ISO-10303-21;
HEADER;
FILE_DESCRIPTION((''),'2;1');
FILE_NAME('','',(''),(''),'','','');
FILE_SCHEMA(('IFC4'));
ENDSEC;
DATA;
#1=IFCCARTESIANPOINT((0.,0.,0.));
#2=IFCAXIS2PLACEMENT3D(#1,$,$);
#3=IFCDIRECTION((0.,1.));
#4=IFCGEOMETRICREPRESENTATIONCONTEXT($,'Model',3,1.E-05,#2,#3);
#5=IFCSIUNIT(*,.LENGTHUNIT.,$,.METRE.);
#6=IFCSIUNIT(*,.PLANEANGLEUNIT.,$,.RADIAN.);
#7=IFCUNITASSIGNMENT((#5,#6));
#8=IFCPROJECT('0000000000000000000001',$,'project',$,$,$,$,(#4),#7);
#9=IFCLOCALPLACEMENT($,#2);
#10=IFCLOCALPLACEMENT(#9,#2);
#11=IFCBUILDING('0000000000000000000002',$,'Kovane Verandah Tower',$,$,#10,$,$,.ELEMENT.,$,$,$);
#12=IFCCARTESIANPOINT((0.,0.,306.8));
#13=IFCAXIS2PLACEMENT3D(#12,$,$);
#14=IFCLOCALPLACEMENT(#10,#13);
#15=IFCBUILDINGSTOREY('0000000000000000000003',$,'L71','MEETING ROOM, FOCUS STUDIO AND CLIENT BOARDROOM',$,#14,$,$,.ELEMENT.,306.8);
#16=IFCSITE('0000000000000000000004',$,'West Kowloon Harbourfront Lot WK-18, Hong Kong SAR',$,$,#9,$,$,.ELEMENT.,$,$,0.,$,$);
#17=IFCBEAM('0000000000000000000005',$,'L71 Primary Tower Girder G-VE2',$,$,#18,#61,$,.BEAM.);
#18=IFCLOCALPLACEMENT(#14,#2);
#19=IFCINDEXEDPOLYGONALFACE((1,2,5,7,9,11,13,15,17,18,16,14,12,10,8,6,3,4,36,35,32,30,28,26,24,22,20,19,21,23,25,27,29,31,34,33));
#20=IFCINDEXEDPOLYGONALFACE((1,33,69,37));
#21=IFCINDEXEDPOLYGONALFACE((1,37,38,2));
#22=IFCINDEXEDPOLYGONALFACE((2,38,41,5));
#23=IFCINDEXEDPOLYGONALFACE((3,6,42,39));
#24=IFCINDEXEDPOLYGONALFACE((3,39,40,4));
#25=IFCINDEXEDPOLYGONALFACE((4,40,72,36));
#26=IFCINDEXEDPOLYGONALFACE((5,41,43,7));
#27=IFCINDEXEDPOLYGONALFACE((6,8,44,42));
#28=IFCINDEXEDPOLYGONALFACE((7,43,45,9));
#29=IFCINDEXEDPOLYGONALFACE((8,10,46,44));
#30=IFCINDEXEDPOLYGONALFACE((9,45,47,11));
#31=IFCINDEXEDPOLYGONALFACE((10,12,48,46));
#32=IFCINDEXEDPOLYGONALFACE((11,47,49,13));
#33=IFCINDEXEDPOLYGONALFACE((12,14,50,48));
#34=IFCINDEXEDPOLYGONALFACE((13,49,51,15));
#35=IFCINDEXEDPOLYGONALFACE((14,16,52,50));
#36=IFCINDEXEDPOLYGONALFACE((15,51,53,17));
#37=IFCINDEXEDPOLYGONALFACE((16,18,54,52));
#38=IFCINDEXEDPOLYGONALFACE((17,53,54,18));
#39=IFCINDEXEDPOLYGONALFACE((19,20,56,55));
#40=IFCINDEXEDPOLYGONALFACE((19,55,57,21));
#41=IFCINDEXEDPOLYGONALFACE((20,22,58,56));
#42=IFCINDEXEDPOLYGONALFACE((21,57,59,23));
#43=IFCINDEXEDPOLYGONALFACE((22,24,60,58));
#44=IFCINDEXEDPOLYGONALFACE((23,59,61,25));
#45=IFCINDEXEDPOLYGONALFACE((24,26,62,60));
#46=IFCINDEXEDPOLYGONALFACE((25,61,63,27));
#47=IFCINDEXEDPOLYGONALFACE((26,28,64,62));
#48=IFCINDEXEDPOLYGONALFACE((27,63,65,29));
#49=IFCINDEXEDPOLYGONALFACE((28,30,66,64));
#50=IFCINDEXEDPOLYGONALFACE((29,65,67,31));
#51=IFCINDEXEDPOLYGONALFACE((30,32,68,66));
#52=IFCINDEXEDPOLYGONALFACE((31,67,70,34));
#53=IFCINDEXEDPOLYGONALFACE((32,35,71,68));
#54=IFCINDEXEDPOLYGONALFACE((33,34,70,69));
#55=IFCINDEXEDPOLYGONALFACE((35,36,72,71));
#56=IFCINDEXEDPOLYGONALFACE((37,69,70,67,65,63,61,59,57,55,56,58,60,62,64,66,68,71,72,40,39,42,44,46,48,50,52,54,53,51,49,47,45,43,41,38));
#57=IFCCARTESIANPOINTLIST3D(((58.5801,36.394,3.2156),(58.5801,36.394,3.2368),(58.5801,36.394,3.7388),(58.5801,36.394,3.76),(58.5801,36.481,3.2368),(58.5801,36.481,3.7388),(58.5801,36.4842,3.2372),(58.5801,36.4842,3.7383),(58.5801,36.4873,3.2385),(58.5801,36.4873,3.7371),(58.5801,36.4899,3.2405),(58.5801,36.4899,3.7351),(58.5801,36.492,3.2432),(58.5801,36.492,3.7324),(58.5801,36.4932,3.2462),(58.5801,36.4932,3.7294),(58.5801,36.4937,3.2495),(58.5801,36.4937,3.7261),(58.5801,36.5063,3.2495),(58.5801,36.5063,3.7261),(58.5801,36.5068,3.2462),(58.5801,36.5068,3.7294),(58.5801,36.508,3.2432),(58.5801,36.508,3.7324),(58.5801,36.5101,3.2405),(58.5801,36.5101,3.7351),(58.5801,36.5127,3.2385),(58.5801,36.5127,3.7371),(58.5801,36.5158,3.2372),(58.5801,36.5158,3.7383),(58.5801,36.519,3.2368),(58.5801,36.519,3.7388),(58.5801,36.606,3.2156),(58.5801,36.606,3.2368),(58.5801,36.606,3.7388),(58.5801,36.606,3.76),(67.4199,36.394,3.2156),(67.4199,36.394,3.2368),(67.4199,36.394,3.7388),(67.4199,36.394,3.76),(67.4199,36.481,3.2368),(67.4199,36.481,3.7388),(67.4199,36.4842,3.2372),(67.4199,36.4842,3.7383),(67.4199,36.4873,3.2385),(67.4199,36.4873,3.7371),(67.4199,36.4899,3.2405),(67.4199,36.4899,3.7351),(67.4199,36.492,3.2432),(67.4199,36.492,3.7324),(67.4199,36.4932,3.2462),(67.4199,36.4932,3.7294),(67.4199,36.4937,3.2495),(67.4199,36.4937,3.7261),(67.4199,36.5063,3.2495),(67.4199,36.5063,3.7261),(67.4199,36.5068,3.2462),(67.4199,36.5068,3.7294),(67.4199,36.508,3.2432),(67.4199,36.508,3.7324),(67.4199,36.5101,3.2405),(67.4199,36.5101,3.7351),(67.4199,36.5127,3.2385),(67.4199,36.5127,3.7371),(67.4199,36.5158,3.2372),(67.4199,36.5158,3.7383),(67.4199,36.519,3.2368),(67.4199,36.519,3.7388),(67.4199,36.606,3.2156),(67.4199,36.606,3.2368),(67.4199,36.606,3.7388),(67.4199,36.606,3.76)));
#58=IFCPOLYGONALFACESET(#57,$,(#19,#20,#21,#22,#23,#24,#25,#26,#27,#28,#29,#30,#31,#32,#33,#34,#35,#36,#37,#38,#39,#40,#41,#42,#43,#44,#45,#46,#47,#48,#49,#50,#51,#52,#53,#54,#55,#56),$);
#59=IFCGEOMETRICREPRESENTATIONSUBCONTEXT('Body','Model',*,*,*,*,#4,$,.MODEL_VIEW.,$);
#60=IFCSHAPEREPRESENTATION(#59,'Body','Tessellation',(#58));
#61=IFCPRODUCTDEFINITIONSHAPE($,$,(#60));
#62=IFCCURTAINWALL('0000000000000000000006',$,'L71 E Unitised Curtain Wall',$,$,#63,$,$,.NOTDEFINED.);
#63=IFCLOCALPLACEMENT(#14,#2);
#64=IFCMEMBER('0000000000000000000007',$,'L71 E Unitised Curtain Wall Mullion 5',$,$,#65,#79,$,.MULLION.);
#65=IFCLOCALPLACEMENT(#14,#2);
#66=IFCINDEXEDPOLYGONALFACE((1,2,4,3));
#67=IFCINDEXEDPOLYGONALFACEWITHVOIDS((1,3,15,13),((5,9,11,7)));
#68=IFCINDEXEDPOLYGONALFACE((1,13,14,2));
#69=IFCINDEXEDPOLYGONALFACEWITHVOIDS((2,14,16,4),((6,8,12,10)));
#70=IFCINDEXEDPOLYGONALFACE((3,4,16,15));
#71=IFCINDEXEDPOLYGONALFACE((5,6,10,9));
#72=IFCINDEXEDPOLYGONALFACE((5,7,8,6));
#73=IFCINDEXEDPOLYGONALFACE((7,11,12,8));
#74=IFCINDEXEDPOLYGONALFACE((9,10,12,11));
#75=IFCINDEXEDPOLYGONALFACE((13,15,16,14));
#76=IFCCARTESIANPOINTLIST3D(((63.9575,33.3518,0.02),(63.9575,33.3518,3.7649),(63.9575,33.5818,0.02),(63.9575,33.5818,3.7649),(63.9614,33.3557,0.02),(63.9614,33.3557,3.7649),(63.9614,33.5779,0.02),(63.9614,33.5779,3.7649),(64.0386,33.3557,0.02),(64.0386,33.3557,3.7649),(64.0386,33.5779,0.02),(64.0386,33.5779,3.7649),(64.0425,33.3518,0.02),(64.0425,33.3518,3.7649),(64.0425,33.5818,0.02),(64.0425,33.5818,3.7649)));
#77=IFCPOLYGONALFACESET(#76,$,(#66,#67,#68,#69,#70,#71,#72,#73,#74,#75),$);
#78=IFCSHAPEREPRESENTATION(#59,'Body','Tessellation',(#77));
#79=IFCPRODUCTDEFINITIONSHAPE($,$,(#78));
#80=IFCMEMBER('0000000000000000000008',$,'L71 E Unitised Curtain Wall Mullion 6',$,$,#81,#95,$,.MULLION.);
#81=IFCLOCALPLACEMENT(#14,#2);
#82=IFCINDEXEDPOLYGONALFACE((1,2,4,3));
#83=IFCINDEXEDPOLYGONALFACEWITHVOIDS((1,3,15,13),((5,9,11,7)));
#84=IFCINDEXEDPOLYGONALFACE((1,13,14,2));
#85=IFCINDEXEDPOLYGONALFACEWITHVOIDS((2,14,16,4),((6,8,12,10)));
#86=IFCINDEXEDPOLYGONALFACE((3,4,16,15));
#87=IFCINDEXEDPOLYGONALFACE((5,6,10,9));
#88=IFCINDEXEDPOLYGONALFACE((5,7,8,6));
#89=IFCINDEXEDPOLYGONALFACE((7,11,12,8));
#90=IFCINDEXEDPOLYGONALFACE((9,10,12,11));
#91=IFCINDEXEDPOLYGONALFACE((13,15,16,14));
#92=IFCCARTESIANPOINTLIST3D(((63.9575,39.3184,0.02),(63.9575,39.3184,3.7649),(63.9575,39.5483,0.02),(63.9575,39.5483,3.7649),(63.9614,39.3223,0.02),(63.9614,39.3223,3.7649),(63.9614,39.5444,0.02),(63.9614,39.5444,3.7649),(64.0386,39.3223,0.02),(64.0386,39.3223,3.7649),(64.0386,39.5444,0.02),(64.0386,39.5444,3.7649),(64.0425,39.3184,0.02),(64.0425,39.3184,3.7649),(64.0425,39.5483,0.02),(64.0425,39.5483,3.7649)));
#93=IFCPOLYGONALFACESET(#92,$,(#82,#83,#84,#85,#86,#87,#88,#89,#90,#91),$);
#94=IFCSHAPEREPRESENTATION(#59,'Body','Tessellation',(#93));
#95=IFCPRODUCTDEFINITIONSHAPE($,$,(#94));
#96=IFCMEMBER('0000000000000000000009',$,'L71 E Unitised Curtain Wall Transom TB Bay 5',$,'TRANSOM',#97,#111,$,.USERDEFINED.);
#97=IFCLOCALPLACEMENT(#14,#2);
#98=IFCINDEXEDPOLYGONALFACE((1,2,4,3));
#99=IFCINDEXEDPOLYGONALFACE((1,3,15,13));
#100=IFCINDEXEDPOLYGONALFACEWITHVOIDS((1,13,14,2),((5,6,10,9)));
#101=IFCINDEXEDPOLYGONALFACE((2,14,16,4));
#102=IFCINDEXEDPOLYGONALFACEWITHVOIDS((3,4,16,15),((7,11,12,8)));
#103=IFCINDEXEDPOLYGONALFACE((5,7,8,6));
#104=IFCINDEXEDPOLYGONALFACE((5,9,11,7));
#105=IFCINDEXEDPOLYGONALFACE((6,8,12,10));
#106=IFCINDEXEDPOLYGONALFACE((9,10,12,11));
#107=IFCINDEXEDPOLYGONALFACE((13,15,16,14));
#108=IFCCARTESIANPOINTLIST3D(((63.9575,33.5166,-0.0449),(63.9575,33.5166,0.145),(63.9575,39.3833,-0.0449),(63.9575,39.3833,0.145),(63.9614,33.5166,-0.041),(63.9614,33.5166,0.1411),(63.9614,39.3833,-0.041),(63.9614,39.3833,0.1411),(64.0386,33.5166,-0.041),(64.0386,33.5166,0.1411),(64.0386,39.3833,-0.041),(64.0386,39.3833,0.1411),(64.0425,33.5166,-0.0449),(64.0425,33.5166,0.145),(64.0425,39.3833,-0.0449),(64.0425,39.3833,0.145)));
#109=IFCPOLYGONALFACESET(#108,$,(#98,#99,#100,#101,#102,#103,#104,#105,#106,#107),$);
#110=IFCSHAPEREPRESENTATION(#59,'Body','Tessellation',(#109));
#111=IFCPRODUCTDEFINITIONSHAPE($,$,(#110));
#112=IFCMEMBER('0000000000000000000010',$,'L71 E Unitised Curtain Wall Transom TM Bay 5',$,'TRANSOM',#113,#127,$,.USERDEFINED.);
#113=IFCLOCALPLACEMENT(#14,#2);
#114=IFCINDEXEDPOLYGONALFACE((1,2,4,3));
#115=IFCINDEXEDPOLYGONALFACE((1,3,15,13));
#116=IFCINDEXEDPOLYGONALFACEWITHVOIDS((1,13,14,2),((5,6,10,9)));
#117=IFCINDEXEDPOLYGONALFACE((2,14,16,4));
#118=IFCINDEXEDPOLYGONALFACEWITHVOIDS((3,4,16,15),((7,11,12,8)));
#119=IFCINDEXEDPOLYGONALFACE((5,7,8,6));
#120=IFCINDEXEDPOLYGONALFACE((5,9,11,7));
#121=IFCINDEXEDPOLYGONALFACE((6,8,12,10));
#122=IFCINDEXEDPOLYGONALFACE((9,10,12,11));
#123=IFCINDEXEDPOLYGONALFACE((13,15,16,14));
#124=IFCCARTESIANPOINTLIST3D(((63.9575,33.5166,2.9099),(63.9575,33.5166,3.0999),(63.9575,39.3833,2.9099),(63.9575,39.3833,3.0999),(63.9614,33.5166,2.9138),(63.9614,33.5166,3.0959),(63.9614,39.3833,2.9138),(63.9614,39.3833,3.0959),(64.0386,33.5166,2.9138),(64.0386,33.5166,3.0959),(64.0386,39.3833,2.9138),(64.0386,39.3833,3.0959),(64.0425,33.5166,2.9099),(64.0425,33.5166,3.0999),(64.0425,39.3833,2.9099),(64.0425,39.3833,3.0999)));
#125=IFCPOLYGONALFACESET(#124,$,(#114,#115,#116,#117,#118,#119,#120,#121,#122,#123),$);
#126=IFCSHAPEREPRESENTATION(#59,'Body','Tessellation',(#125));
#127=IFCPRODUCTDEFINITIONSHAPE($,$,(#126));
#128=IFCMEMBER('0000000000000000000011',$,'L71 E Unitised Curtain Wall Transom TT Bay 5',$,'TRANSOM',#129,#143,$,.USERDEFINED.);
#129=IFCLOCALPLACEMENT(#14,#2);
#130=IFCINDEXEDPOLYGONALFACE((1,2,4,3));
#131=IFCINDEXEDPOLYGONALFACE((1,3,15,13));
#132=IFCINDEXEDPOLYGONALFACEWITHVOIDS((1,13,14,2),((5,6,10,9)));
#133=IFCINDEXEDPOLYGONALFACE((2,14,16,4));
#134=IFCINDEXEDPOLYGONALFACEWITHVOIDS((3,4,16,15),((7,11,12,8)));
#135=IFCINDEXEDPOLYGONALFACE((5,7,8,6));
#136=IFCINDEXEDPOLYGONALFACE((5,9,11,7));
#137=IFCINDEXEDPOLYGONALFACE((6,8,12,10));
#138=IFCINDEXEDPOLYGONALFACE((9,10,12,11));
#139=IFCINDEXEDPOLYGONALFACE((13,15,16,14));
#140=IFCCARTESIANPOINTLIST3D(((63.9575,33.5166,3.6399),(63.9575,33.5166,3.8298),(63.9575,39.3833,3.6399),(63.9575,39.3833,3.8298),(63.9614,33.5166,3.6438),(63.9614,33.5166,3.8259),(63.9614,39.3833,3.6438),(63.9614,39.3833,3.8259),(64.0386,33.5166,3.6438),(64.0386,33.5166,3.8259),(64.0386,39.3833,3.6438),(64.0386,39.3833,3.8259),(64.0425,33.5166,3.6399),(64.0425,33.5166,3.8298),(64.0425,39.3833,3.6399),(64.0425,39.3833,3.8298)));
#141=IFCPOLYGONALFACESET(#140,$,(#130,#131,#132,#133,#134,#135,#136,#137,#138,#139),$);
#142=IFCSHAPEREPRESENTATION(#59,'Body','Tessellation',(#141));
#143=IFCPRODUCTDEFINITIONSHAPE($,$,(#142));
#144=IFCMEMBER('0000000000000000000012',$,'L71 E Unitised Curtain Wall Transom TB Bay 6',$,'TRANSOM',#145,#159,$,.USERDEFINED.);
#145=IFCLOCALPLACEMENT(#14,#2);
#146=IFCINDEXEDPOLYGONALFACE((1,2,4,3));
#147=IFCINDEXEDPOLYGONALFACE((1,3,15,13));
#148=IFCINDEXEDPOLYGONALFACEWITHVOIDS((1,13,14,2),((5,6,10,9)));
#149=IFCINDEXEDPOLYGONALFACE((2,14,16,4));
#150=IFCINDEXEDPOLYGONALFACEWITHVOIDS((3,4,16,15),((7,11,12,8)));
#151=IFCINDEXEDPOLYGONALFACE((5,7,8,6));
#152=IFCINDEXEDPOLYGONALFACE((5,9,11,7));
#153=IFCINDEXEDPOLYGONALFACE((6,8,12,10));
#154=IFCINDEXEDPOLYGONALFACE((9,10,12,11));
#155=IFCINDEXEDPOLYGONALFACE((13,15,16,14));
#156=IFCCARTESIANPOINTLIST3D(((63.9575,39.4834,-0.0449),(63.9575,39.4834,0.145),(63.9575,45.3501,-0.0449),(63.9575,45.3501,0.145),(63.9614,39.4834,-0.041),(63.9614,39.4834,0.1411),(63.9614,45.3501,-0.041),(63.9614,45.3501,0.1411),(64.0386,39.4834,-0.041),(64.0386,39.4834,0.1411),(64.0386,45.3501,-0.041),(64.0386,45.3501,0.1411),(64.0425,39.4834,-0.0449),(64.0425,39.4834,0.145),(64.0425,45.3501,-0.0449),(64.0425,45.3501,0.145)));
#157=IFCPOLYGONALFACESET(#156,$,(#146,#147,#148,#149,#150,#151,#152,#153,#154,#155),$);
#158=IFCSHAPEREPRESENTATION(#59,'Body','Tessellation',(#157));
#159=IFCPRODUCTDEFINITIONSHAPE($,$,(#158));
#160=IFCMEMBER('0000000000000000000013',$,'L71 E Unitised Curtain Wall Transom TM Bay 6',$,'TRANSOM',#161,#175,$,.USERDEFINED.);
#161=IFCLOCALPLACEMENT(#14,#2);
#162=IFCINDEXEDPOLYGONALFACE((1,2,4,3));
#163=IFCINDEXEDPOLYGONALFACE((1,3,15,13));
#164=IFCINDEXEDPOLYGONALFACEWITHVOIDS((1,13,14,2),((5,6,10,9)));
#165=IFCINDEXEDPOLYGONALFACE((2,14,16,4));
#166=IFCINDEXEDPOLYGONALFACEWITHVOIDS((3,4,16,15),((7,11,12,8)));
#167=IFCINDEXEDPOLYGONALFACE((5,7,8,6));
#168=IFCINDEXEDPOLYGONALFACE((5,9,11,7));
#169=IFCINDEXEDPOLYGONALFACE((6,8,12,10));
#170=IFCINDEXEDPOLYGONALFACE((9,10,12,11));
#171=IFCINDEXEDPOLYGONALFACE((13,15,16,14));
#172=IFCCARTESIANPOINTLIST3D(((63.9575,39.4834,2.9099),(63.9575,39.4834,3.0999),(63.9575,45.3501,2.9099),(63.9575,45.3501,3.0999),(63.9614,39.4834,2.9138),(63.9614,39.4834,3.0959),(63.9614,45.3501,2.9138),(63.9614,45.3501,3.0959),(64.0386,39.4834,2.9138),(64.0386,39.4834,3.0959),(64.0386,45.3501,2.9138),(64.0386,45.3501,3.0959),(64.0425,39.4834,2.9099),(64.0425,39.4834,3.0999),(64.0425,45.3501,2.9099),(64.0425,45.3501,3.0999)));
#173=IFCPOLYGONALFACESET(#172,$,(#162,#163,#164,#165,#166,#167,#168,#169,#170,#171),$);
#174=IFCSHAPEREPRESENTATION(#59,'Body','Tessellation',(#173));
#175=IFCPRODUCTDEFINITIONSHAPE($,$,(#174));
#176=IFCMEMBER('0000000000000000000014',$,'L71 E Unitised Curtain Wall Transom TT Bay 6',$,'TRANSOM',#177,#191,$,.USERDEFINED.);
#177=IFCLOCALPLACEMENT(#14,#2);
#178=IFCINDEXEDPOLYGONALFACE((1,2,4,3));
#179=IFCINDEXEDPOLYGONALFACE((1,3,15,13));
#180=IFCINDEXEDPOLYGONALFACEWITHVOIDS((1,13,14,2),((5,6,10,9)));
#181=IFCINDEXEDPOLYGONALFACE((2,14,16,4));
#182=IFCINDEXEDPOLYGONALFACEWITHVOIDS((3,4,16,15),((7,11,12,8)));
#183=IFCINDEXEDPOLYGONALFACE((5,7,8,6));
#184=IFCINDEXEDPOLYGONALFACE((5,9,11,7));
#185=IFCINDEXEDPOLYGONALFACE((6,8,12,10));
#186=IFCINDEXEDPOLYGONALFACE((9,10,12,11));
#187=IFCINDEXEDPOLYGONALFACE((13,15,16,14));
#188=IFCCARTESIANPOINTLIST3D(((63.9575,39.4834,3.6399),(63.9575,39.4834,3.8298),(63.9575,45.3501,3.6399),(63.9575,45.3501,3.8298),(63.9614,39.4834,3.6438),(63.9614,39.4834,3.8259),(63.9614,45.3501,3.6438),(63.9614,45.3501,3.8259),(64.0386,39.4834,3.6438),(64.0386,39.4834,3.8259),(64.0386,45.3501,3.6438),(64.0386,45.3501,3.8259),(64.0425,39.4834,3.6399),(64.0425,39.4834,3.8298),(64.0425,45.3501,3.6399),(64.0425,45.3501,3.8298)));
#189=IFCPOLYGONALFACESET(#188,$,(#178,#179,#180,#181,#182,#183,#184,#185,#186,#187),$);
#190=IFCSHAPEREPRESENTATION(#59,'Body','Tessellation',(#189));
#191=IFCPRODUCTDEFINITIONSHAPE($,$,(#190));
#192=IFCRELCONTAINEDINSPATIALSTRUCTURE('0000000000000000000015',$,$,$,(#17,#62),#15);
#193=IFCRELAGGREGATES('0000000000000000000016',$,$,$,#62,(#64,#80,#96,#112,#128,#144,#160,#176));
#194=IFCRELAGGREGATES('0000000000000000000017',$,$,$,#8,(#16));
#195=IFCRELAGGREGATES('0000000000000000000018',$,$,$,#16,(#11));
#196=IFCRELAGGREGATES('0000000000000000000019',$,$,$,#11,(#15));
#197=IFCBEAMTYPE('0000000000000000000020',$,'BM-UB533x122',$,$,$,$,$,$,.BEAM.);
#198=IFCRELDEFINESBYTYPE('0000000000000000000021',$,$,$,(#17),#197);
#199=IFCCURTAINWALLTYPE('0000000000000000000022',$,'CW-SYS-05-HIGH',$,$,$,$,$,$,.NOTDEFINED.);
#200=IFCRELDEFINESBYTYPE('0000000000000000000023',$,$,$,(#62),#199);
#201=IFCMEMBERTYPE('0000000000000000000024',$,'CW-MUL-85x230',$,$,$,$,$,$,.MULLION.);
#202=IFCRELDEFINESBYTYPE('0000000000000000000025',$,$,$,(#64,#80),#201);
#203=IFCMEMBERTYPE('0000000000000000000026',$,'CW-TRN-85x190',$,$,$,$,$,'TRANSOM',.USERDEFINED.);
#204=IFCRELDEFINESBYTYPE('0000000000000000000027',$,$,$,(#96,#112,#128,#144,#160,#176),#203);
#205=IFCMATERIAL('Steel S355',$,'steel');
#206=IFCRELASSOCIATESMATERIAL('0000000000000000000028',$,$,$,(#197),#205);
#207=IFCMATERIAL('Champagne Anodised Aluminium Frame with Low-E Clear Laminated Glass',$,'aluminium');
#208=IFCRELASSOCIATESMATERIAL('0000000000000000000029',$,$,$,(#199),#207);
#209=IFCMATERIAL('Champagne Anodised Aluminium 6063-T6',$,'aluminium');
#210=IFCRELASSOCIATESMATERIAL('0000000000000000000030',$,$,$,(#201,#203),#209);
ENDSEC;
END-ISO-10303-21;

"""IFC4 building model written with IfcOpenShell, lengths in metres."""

from ifc_helpers import new_model, si_unit, direction, frame, origin, origin_2d, place, context, subcontext, project, spatial, hollow_rectangle, i_section, extrude, material, material_profile, profile_set, type_object, element, aggregate, save


model = new_model("IFC4")

# Units and contexts
model_context = context("Model", 3, precision=1e-05, world=origin(), true_north=direction((0.0, 1.0)))
body_context = subcontext(model_context, "Body", "Model", "MODEL_VIEW")
ifc_project = project(units=[si_unit("LENGTHUNIT", "METRE"), si_unit("PLANEANGLEUNIT", "RADIAN")], contexts=[model_context])

# Site, building, storey
site_placement = place(None, origin())
site = spatial("IfcSite", under=ifc_project, at=site_placement, Name="West Kowloon Harbourfront Lot WK-18, Hong Kong SAR", CompositionType="ELEMENT", RefElevation=0.0)
building_placement = place(site_placement, origin())
building = spatial("IfcBuilding", under=site, at=building_placement, Name="Kovane Verandah Tower", CompositionType="ELEMENT")
storey_placement = place(building_placement, frame((0.0, 0.0, 306.8)))
storey = spatial("IfcBuildingStorey", under=building, at=storey_placement, Name="L71", Description="MEETING ROOM, FOCUS STUDIO AND CLIENT BOARDROOM", CompositionType="ELEMENT", Elevation=306.8)

# Beam
ifc_material_1 = material(Name="Steel S355", Category="steel")
ifc_material_profile_1 = material_profile(ifc_material_1, i_section(OverallWidth=0.2119, OverallDepth=0.5444, WebThickness=0.0127, FlangeThickness=0.0212, FilletRadius=0.0127, at=origin_2d()), Name="UB533x210x122")
ifc_profile_set_1 = profile_set([ifc_material_profile_1], Name="Steel S355")
beam_type_1 = type_object("IfcBeamType", Name="BM-UB533x122", PredefinedType="BEAM", material=ifc_profile_set_1)
beam_1_placement = place(storey_placement, frame((58.5801, 36.5, 3.4878), z_axis=(1.0, 0.0, 0.0), x_axis=(0.0, 1.0, 0.0)))
element("IfcBeam", 1, at=beam_1_placement, inside=storey, type_object=beam_type_1, Name="L71 Primary Tower Girder G-VE2", PredefinedType="BEAM", context=body_context, shape_type="SweptSolid", body=[
    extrude(i_section(OverallWidth=0.2119, OverallDepth=0.5444, WebThickness=0.0127, FlangeThickness=0.0212, FilletRadius=0.0127, at=origin_2d()), origin(), (0.0, 0.0, 1.0), 8.8398),
])

# Curtain wall, members
ifc_material_2 = material(Name="Champagne Anodised Aluminium Frame with Low-E Clear Laminated Glass", Category="aluminium")
curtain_wall_type = type_object("IfcCurtainWallType", Name="CW-SYS-05-HIGH", PredefinedType="NOTDEFINED", material=ifc_material_2)
curtain_wall_placement = place(storey_placement, origin())
curtain_wall = element("IfcCurtainWall", 2, at=curtain_wall_placement, inside=storey, type_object=curtain_wall_type, Name="L71 E Unitised Curtain Wall", PredefinedType="NOTDEFINED")
ifc_material_3 = material(Name="Champagne Anodised Aluminium 6063-T6", Category="aluminium")
ifc_material_profile_2 = material_profile(ifc_material_3, hollow_rectangle(XDim=0.085, YDim=0.23, WallThickness=0.0039, at=origin_2d()), Name="AL85x230x4")
ifc_profile_set_2 = profile_set([ifc_material_profile_2], Name="Champagne Anodised Aluminium 6063-T6")
member_type_1 = type_object("IfcMemberType", Name="CW-MUL-85x230", PredefinedType="MULLION", material=ifc_profile_set_2)
member_1_placement = place(storey_placement, frame((64.0, 33.4668, 0.02), z_axis=(0.0, 0.0, 1.0), x_axis=(1.0, 0.0, 0.0)))
member_1 = element("IfcMember", 3, at=member_1_placement, type_object=member_type_1, Name="L71 E Unitised Curtain Wall Mullion 5", PredefinedType="MULLION", context=body_context, shape_type="SweptSolid", body=[
    extrude(hollow_rectangle(XDim=0.085, YDim=0.23, WallThickness=0.0039, at=origin_2d()), origin(), (0.0, 0.0, 1.0), 3.7449),
])
member_2_placement = place(storey_placement, frame((64.0, 39.4333, 0.02), z_axis=(0.0, 0.0, 1.0), x_axis=(1.0, 0.0, 0.0)))
member_2 = element("IfcMember", 4, at=member_2_placement, type_object=member_type_1, Name="L71 E Unitised Curtain Wall Mullion 6", PredefinedType="MULLION", context=body_context, shape_type="SweptSolid", body=[
    extrude(hollow_rectangle(XDim=0.085, YDim=0.23, WallThickness=0.0039, at=origin_2d()), origin(), (0.0, 0.0, 1.0), 3.7449),
])
ifc_material_profile_3 = material_profile(ifc_material_3, hollow_rectangle(XDim=0.085, YDim=0.1899, WallThickness=0.0039, at=origin_2d()), Name="AL85x190x4")
ifc_profile_set_3 = profile_set([ifc_material_profile_3], Name="Champagne Anodised Aluminium 6063-T6")
member_type_2 = type_object("IfcMemberType", Name="CW-TRN-85x190", ElementType="TRANSOM", PredefinedType="USERDEFINED", material=ifc_profile_set_3)
member_3_placement = place(storey_placement, frame((64.0, 33.5166, 0.05), z_axis=(0.0, 1.0, 0.0), x_axis=(-1.0, 0.0, 0.0)))
member_3 = element("IfcMember", 5, at=member_3_placement, type_object=member_type_2, Name="L71 E Unitised Curtain Wall Transom TB Bay 5", ObjectType="TRANSOM", PredefinedType="USERDEFINED", context=body_context, shape_type="SweptSolid", body=[
    extrude(hollow_rectangle(XDim=0.085, YDim=0.1899, WallThickness=0.0039, at=origin_2d()), origin(), (0.0, 0.0, 1.0), 5.8667),
])
member_4_placement = place(storey_placement, frame((64.0, 33.5166, 3.0049), z_axis=(0.0, 1.0, 0.0), x_axis=(-1.0, 0.0, 0.0)))
member_4 = element("IfcMember", 6, at=member_4_placement, type_object=member_type_2, Name="L71 E Unitised Curtain Wall Transom TM Bay 5", ObjectType="TRANSOM", PredefinedType="USERDEFINED", context=body_context, shape_type="SweptSolid", body=[
    extrude(hollow_rectangle(XDim=0.085, YDim=0.1899, WallThickness=0.0039, at=origin_2d()), origin(), (0.0, 0.0, 1.0), 5.8667),
])
member_5_placement = place(storey_placement, frame((64.0, 33.5166, 3.7349), z_axis=(0.0, 1.0, 0.0), x_axis=(-1.0, 0.0, 0.0)))
member_5 = element("IfcMember", 7, at=member_5_placement, type_object=member_type_2, Name="L71 E Unitised Curtain Wall Transom TT Bay 5", ObjectType="TRANSOM", PredefinedType="USERDEFINED", context=body_context, shape_type="SweptSolid", body=[
    extrude(hollow_rectangle(XDim=0.085, YDim=0.1899, WallThickness=0.0039, at=origin_2d()), origin(), (0.0, 0.0, 1.0), 5.8667),
])
member_6_placement = place(storey_placement, frame((64.0, 39.4834, 0.05), z_axis=(0.0, 1.0, 0.0), x_axis=(-1.0, 0.0, 0.0)))
member_6 = element("IfcMember", 8, at=member_6_placement, type_object=member_type_2, Name="L71 E Unitised Curtain Wall Transom TB Bay 6", ObjectType="TRANSOM", PredefinedType="USERDEFINED", context=body_context, shape_type="SweptSolid", body=[
    extrude(hollow_rectangle(XDim=0.085, YDim=0.1899, WallThickness=0.0039, at=origin_2d()), origin(), (0.0, 0.0, 1.0), 5.8667),
])
member_7_placement = place(storey_placement, frame((64.0, 39.4834, 3.0049), z_axis=(0.0, 1.0, 0.0), x_axis=(-1.0, 0.0, 0.0)))
member_7 = element("IfcMember", 9, at=member_7_placement, type_object=member_type_2, Name="L71 E Unitised Curtain Wall Transom TM Bay 6", ObjectType="TRANSOM", PredefinedType="USERDEFINED", context=body_context, shape_type="SweptSolid", body=[
    extrude(hollow_rectangle(XDim=0.085, YDim=0.1899, WallThickness=0.0039, at=origin_2d()), origin(), (0.0, 0.0, 1.0), 5.8667),
])
member_8_placement = place(storey_placement, frame((64.0, 39.4834, 3.7349), z_axis=(0.0, 1.0, 0.0), x_axis=(-1.0, 0.0, 0.0)))
member_8 = element("IfcMember", 10, at=member_8_placement, type_object=member_type_2, Name="L71 E Unitised Curtain Wall Transom TT Bay 6", ObjectType="TRANSOM", PredefinedType="USERDEFINED", context=body_context, shape_type="SweptSolid", body=[
    extrude(hollow_rectangle(XDim=0.085, YDim=0.1899, WallThickness=0.0039, at=origin_2d()), origin(), (0.0, 0.0, 1.0), 5.8667),
])

aggregate(curtain_wall, [member_1, member_2, member_3, member_4, member_5, member_6, member_7, member_8])

save(model, "model.ifc")
